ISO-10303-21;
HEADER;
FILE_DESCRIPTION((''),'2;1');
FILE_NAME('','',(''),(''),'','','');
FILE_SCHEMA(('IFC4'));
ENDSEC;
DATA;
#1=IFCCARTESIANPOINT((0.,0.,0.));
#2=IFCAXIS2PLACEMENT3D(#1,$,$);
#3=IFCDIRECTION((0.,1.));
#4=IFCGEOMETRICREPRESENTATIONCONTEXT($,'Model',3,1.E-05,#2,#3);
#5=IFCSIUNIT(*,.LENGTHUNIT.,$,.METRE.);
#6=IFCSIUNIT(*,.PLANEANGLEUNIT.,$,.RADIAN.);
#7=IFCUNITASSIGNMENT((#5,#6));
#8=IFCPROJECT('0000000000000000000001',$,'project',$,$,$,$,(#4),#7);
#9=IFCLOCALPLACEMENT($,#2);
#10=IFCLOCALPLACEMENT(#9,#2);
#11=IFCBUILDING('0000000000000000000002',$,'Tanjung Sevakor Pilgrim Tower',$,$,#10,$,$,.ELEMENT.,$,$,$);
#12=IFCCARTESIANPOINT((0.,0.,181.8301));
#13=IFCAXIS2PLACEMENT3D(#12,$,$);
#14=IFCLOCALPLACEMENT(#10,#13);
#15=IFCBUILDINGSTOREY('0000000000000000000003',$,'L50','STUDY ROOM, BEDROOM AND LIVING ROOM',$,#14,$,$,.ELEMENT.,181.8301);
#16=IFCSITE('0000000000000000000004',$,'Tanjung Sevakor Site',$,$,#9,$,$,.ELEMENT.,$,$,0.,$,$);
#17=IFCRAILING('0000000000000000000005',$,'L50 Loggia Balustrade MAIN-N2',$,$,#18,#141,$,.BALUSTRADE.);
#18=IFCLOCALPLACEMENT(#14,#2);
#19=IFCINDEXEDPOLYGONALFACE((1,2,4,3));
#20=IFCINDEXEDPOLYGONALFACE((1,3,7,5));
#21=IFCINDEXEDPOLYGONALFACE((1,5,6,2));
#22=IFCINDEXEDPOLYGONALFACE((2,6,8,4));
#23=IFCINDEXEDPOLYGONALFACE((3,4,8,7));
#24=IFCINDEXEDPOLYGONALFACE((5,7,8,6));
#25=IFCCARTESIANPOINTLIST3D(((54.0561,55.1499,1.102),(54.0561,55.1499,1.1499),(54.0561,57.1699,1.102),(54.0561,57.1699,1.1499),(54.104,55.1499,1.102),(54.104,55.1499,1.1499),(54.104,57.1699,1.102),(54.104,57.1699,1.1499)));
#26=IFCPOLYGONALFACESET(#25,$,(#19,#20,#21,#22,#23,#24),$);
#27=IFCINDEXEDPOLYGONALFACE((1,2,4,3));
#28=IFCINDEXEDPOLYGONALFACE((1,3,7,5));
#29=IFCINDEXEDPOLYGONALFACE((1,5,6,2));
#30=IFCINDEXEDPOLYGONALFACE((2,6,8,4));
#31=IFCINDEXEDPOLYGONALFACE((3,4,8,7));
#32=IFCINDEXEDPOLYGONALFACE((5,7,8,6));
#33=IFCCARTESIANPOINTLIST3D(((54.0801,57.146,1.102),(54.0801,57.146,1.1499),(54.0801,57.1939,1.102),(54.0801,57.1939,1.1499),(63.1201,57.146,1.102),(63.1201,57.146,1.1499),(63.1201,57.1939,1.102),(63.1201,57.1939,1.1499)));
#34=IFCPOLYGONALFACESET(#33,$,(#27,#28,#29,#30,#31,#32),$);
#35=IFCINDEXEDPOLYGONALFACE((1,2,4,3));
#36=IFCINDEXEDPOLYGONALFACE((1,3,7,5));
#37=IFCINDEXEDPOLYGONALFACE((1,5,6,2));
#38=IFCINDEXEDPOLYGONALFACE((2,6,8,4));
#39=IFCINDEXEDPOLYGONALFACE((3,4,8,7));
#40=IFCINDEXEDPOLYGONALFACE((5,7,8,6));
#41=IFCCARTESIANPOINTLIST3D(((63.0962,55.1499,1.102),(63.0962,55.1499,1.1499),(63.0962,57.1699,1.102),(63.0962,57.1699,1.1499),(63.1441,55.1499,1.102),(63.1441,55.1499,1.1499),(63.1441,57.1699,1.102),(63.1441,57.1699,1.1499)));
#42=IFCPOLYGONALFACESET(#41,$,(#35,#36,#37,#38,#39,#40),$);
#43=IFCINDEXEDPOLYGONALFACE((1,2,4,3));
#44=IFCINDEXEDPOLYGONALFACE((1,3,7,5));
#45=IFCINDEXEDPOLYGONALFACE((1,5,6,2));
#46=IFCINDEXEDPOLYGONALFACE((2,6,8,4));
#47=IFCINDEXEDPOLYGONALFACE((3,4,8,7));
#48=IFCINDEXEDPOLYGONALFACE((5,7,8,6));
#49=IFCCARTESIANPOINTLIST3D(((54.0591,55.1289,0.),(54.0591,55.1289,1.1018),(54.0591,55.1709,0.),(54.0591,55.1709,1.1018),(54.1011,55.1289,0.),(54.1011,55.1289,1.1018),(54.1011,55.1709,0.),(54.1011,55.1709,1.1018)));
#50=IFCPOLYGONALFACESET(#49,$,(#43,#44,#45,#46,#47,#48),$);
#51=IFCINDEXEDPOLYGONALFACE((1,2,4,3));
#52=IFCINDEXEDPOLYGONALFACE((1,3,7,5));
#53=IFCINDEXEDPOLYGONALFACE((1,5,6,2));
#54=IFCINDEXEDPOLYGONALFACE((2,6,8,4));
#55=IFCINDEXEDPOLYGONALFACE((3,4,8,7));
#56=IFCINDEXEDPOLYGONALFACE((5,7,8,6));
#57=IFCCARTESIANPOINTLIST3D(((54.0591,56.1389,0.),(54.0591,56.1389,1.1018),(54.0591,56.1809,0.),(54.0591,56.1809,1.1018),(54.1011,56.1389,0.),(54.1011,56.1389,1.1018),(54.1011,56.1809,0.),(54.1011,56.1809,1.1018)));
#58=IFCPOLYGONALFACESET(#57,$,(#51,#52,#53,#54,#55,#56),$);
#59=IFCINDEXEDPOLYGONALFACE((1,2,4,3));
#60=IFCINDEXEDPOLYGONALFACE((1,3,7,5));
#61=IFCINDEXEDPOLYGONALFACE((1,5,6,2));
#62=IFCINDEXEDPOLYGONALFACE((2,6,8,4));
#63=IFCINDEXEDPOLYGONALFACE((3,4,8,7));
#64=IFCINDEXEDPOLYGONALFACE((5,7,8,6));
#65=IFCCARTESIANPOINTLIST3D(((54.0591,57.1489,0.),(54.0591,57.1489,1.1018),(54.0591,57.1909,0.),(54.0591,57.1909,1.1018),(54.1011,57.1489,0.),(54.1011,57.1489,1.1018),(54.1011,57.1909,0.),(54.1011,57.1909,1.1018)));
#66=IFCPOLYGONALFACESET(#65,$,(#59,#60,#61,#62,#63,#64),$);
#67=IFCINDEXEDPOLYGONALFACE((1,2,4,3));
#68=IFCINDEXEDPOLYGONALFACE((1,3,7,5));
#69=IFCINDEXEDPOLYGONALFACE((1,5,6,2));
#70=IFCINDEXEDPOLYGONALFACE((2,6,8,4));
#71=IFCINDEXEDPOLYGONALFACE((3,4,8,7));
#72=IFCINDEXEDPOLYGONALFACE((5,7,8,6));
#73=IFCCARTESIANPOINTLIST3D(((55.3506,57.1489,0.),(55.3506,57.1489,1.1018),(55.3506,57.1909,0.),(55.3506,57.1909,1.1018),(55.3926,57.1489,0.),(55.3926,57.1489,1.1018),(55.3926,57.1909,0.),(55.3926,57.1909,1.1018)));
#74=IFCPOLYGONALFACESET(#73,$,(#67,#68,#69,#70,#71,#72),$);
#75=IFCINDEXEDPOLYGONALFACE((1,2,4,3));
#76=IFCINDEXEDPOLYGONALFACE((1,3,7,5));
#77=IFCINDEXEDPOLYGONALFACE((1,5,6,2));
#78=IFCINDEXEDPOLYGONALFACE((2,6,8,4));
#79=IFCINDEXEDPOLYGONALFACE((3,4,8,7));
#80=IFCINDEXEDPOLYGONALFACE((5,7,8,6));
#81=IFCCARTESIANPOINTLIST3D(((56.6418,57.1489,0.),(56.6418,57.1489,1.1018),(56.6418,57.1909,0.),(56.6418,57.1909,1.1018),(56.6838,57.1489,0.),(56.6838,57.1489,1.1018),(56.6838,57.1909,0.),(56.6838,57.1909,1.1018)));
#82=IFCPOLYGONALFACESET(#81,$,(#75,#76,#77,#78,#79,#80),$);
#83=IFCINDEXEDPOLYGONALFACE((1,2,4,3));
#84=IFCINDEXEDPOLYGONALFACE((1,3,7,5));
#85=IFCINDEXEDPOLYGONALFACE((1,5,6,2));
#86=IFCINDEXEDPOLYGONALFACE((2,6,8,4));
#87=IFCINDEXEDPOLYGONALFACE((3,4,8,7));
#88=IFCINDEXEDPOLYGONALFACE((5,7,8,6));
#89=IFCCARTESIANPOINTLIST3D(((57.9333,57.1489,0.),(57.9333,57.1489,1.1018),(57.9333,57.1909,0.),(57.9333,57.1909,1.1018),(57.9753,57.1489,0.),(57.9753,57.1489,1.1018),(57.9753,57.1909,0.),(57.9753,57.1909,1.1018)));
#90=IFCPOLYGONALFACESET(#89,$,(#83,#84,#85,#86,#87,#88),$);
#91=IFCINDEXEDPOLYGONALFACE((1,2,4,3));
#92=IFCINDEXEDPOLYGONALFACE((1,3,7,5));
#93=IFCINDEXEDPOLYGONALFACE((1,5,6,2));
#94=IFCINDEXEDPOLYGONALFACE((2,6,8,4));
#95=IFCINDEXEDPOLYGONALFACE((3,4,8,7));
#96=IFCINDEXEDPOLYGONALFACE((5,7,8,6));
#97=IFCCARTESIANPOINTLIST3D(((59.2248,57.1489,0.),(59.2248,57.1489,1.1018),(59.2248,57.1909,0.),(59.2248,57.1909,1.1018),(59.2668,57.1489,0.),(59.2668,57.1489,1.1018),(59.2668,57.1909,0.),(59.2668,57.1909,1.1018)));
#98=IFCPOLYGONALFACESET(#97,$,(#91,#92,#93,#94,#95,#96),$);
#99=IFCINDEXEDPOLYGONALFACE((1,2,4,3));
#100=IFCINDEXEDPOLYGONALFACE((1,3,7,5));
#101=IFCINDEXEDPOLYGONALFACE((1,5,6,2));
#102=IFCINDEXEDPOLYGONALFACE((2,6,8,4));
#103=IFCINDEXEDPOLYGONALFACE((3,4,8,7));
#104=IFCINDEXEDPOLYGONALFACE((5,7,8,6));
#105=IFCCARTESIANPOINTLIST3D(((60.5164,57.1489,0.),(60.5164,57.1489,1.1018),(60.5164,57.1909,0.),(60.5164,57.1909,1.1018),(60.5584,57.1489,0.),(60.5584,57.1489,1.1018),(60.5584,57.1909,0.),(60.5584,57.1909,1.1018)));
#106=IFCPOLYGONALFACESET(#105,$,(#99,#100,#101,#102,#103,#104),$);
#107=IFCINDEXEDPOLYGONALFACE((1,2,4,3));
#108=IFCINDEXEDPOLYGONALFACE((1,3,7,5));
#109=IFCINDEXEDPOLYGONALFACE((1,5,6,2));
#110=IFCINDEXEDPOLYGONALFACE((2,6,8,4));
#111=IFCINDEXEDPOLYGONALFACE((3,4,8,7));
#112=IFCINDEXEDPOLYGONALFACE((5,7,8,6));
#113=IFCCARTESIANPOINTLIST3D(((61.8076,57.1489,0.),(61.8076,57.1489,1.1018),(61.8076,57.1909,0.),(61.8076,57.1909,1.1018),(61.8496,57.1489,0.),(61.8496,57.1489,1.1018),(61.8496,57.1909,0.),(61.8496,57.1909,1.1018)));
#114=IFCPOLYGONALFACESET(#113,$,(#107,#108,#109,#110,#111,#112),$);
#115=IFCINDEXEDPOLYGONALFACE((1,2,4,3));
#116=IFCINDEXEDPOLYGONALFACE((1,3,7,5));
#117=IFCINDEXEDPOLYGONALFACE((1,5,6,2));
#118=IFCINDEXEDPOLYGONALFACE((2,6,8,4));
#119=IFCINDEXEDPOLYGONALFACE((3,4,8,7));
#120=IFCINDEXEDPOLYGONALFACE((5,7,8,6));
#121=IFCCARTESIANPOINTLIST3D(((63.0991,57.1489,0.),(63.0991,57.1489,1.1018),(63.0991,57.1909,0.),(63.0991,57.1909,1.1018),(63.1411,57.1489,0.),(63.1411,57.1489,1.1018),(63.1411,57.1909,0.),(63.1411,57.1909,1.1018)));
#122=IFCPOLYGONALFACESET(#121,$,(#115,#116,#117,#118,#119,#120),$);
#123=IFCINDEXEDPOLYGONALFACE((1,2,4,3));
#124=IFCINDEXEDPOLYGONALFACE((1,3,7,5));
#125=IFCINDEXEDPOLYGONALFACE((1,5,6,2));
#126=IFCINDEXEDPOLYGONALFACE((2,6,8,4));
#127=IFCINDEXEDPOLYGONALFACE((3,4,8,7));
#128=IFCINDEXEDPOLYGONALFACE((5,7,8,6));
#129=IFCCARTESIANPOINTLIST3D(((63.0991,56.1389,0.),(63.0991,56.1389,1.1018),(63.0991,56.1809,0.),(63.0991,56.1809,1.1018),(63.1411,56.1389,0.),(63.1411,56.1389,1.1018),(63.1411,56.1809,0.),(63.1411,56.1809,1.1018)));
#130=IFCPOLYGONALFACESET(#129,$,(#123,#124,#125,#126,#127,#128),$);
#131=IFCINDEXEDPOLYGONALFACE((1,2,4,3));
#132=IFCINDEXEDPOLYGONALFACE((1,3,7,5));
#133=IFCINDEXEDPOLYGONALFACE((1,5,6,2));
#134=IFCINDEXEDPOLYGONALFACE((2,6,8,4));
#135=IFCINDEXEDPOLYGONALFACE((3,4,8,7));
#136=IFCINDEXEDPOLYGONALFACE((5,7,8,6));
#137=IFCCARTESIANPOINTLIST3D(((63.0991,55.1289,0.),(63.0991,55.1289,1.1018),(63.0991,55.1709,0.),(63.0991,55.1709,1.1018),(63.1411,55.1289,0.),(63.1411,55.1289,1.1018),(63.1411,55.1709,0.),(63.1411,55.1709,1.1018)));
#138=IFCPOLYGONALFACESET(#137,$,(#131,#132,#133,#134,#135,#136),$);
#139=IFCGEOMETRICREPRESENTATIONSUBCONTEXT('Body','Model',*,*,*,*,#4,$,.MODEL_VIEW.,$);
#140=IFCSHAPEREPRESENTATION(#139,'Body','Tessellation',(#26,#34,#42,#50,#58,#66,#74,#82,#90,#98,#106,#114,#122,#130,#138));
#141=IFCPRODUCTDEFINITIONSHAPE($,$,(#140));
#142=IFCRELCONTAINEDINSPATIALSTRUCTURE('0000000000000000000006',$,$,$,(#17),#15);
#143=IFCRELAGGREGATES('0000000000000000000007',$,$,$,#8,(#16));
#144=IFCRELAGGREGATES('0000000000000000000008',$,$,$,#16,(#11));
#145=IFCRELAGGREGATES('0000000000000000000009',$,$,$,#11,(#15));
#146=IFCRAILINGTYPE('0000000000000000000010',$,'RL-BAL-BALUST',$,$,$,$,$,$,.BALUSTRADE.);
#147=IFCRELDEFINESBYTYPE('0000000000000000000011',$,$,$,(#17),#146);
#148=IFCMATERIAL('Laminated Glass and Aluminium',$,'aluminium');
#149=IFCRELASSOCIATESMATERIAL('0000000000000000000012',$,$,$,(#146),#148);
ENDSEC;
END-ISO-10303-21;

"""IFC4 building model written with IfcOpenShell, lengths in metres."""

from ifc_helpers import new_model, si_unit, direction, frame, origin, place, context, subcontext, project, spatial, rectangle, extrude, material, type_object, element, save


model = new_model("IFC4")

# Units and contexts
model_context = context("Model", 3, precision=1e-05, world=origin(), true_north=direction((0.0, 1.0)))
body_context = subcontext(model_context, "Body", "Model", "MODEL_VIEW")
ifc_project = project(units=[si_unit("LENGTHUNIT", "METRE"), si_unit("PLANEANGLEUNIT", "RADIAN")], contexts=[model_context])

# Site, building, storey
site_placement = place(None, origin())
site = spatial("IfcSite", under=ifc_project, at=site_placement, Name="Tanjung Sevakor Site", CompositionType="ELEMENT", RefElevation=0.0)
building_placement = place(site_placement, origin())
building = spatial("IfcBuilding", under=site, at=building_placement, Name="Tanjung Sevakor Pilgrim Tower", CompositionType="ELEMENT")
storey_placement = place(building_placement, frame((0.0, 0.0, 181.8301)))
storey = spatial("IfcBuildingStorey", under=building, at=storey_placement, Name="L50", Description="STUDY ROOM, BEDROOM AND LIVING ROOM", CompositionType="ELEMENT", Elevation=181.8301)

# Railing
ifc_material_1 = material(Name="Laminated Glass and Aluminium", Category="aluminium")
railing_type = type_object("IfcRailingType", Name="RL-BAL-BALUST", PredefinedType="BALUSTRADE", material=ifc_material_1)
railing_1_placement = place(storey_placement, frame((54.0801, 55.1499, 0.0)))
element("IfcRailing", 1, at=railing_1_placement, inside=storey, type_object=railing_type, Name="L50 Loggia Balustrade MAIN-N2", PredefinedType="BALUSTRADE", context=body_context, shape_type="SweptSolid", body=[
    extrude(rectangle(XDim=0.0479, YDim=0.0479), frame((0.0, 0.0, 1.126), z_axis=(0.0, 1.0, 0.0), x_axis=(-1.0, 0.0, 0.0)), (0.0, 0.0, 1.0), 2.02),
    extrude(rectangle(XDim=0.0479, YDim=0.0479), frame((0.0, 2.02, 1.126), z_axis=(1.0, 0.0, 0.0), x_axis=(0.0, 1.0, 0.0)), (0.0, 0.0, 1.0), 9.04),
    extrude(rectangle(XDim=0.0479, YDim=0.0479), frame((9.04, 2.02, 1.126), z_axis=(0.0, -1.0, 0.0), x_axis=(1.0, 0.0, 0.0)), (0.0, 0.0, 1.0), 2.02),
    extrude(rectangle(XDim=0.042, YDim=0.042), origin(), (0.0, 0.0, 1.0), 1.1018),
    extrude(rectangle(XDim=0.042, YDim=0.042), frame((0.0, 1.01, 0.0)), (0.0, 0.0, 1.0), 1.1018),
    extrude(rectangle(XDim=0.042, YDim=0.042), frame((0.0, 2.02, 0.0)), (0.0, 0.0, 1.0), 1.1018),
    extrude(rectangle(XDim=0.042, YDim=0.042), frame((1.2915, 2.02, 0.0)), (0.0, 0.0, 1.0), 1.1018),
    extrude(rectangle(XDim=0.042, YDim=0.042), frame((2.5828, 2.02, 0.0)), (0.0, 0.0, 1.0), 1.1018),
    extrude(rectangle(XDim=0.042, YDim=0.042), frame((3.8743, 2.02, 0.0)), (0.0, 0.0, 1.0), 1.1018),
    extrude(rectangle(XDim=0.042, YDim=0.042), frame((5.1658, 2.02, 0.0)), (0.0, 0.0, 1.0), 1.1018),
    extrude(rectangle(XDim=0.042, YDim=0.042), frame((6.4573, 2.02, 0.0)), (0.0, 0.0, 1.0), 1.1018),
    extrude(rectangle(XDim=0.042, YDim=0.042), frame((7.7485, 2.02, 0.0)), (0.0, 0.0, 1.0), 1.1018),
    extrude(rectangle(XDim=0.042, YDim=0.042), frame((9.04, 2.02, 0.0)), (0.0, 0.0, 1.0), 1.1018),
    extrude(rectangle(XDim=0.042, YDim=0.042), frame((9.04, 1.01, 0.0)), (0.0, 0.0, 1.0), 1.1018),
    extrude(rectangle(XDim=0.042, YDim=0.042), frame((9.04, 0.0, 0.0)), (0.0, 0.0, 1.0), 1.1018),
])

save(model, "model.ifc")
